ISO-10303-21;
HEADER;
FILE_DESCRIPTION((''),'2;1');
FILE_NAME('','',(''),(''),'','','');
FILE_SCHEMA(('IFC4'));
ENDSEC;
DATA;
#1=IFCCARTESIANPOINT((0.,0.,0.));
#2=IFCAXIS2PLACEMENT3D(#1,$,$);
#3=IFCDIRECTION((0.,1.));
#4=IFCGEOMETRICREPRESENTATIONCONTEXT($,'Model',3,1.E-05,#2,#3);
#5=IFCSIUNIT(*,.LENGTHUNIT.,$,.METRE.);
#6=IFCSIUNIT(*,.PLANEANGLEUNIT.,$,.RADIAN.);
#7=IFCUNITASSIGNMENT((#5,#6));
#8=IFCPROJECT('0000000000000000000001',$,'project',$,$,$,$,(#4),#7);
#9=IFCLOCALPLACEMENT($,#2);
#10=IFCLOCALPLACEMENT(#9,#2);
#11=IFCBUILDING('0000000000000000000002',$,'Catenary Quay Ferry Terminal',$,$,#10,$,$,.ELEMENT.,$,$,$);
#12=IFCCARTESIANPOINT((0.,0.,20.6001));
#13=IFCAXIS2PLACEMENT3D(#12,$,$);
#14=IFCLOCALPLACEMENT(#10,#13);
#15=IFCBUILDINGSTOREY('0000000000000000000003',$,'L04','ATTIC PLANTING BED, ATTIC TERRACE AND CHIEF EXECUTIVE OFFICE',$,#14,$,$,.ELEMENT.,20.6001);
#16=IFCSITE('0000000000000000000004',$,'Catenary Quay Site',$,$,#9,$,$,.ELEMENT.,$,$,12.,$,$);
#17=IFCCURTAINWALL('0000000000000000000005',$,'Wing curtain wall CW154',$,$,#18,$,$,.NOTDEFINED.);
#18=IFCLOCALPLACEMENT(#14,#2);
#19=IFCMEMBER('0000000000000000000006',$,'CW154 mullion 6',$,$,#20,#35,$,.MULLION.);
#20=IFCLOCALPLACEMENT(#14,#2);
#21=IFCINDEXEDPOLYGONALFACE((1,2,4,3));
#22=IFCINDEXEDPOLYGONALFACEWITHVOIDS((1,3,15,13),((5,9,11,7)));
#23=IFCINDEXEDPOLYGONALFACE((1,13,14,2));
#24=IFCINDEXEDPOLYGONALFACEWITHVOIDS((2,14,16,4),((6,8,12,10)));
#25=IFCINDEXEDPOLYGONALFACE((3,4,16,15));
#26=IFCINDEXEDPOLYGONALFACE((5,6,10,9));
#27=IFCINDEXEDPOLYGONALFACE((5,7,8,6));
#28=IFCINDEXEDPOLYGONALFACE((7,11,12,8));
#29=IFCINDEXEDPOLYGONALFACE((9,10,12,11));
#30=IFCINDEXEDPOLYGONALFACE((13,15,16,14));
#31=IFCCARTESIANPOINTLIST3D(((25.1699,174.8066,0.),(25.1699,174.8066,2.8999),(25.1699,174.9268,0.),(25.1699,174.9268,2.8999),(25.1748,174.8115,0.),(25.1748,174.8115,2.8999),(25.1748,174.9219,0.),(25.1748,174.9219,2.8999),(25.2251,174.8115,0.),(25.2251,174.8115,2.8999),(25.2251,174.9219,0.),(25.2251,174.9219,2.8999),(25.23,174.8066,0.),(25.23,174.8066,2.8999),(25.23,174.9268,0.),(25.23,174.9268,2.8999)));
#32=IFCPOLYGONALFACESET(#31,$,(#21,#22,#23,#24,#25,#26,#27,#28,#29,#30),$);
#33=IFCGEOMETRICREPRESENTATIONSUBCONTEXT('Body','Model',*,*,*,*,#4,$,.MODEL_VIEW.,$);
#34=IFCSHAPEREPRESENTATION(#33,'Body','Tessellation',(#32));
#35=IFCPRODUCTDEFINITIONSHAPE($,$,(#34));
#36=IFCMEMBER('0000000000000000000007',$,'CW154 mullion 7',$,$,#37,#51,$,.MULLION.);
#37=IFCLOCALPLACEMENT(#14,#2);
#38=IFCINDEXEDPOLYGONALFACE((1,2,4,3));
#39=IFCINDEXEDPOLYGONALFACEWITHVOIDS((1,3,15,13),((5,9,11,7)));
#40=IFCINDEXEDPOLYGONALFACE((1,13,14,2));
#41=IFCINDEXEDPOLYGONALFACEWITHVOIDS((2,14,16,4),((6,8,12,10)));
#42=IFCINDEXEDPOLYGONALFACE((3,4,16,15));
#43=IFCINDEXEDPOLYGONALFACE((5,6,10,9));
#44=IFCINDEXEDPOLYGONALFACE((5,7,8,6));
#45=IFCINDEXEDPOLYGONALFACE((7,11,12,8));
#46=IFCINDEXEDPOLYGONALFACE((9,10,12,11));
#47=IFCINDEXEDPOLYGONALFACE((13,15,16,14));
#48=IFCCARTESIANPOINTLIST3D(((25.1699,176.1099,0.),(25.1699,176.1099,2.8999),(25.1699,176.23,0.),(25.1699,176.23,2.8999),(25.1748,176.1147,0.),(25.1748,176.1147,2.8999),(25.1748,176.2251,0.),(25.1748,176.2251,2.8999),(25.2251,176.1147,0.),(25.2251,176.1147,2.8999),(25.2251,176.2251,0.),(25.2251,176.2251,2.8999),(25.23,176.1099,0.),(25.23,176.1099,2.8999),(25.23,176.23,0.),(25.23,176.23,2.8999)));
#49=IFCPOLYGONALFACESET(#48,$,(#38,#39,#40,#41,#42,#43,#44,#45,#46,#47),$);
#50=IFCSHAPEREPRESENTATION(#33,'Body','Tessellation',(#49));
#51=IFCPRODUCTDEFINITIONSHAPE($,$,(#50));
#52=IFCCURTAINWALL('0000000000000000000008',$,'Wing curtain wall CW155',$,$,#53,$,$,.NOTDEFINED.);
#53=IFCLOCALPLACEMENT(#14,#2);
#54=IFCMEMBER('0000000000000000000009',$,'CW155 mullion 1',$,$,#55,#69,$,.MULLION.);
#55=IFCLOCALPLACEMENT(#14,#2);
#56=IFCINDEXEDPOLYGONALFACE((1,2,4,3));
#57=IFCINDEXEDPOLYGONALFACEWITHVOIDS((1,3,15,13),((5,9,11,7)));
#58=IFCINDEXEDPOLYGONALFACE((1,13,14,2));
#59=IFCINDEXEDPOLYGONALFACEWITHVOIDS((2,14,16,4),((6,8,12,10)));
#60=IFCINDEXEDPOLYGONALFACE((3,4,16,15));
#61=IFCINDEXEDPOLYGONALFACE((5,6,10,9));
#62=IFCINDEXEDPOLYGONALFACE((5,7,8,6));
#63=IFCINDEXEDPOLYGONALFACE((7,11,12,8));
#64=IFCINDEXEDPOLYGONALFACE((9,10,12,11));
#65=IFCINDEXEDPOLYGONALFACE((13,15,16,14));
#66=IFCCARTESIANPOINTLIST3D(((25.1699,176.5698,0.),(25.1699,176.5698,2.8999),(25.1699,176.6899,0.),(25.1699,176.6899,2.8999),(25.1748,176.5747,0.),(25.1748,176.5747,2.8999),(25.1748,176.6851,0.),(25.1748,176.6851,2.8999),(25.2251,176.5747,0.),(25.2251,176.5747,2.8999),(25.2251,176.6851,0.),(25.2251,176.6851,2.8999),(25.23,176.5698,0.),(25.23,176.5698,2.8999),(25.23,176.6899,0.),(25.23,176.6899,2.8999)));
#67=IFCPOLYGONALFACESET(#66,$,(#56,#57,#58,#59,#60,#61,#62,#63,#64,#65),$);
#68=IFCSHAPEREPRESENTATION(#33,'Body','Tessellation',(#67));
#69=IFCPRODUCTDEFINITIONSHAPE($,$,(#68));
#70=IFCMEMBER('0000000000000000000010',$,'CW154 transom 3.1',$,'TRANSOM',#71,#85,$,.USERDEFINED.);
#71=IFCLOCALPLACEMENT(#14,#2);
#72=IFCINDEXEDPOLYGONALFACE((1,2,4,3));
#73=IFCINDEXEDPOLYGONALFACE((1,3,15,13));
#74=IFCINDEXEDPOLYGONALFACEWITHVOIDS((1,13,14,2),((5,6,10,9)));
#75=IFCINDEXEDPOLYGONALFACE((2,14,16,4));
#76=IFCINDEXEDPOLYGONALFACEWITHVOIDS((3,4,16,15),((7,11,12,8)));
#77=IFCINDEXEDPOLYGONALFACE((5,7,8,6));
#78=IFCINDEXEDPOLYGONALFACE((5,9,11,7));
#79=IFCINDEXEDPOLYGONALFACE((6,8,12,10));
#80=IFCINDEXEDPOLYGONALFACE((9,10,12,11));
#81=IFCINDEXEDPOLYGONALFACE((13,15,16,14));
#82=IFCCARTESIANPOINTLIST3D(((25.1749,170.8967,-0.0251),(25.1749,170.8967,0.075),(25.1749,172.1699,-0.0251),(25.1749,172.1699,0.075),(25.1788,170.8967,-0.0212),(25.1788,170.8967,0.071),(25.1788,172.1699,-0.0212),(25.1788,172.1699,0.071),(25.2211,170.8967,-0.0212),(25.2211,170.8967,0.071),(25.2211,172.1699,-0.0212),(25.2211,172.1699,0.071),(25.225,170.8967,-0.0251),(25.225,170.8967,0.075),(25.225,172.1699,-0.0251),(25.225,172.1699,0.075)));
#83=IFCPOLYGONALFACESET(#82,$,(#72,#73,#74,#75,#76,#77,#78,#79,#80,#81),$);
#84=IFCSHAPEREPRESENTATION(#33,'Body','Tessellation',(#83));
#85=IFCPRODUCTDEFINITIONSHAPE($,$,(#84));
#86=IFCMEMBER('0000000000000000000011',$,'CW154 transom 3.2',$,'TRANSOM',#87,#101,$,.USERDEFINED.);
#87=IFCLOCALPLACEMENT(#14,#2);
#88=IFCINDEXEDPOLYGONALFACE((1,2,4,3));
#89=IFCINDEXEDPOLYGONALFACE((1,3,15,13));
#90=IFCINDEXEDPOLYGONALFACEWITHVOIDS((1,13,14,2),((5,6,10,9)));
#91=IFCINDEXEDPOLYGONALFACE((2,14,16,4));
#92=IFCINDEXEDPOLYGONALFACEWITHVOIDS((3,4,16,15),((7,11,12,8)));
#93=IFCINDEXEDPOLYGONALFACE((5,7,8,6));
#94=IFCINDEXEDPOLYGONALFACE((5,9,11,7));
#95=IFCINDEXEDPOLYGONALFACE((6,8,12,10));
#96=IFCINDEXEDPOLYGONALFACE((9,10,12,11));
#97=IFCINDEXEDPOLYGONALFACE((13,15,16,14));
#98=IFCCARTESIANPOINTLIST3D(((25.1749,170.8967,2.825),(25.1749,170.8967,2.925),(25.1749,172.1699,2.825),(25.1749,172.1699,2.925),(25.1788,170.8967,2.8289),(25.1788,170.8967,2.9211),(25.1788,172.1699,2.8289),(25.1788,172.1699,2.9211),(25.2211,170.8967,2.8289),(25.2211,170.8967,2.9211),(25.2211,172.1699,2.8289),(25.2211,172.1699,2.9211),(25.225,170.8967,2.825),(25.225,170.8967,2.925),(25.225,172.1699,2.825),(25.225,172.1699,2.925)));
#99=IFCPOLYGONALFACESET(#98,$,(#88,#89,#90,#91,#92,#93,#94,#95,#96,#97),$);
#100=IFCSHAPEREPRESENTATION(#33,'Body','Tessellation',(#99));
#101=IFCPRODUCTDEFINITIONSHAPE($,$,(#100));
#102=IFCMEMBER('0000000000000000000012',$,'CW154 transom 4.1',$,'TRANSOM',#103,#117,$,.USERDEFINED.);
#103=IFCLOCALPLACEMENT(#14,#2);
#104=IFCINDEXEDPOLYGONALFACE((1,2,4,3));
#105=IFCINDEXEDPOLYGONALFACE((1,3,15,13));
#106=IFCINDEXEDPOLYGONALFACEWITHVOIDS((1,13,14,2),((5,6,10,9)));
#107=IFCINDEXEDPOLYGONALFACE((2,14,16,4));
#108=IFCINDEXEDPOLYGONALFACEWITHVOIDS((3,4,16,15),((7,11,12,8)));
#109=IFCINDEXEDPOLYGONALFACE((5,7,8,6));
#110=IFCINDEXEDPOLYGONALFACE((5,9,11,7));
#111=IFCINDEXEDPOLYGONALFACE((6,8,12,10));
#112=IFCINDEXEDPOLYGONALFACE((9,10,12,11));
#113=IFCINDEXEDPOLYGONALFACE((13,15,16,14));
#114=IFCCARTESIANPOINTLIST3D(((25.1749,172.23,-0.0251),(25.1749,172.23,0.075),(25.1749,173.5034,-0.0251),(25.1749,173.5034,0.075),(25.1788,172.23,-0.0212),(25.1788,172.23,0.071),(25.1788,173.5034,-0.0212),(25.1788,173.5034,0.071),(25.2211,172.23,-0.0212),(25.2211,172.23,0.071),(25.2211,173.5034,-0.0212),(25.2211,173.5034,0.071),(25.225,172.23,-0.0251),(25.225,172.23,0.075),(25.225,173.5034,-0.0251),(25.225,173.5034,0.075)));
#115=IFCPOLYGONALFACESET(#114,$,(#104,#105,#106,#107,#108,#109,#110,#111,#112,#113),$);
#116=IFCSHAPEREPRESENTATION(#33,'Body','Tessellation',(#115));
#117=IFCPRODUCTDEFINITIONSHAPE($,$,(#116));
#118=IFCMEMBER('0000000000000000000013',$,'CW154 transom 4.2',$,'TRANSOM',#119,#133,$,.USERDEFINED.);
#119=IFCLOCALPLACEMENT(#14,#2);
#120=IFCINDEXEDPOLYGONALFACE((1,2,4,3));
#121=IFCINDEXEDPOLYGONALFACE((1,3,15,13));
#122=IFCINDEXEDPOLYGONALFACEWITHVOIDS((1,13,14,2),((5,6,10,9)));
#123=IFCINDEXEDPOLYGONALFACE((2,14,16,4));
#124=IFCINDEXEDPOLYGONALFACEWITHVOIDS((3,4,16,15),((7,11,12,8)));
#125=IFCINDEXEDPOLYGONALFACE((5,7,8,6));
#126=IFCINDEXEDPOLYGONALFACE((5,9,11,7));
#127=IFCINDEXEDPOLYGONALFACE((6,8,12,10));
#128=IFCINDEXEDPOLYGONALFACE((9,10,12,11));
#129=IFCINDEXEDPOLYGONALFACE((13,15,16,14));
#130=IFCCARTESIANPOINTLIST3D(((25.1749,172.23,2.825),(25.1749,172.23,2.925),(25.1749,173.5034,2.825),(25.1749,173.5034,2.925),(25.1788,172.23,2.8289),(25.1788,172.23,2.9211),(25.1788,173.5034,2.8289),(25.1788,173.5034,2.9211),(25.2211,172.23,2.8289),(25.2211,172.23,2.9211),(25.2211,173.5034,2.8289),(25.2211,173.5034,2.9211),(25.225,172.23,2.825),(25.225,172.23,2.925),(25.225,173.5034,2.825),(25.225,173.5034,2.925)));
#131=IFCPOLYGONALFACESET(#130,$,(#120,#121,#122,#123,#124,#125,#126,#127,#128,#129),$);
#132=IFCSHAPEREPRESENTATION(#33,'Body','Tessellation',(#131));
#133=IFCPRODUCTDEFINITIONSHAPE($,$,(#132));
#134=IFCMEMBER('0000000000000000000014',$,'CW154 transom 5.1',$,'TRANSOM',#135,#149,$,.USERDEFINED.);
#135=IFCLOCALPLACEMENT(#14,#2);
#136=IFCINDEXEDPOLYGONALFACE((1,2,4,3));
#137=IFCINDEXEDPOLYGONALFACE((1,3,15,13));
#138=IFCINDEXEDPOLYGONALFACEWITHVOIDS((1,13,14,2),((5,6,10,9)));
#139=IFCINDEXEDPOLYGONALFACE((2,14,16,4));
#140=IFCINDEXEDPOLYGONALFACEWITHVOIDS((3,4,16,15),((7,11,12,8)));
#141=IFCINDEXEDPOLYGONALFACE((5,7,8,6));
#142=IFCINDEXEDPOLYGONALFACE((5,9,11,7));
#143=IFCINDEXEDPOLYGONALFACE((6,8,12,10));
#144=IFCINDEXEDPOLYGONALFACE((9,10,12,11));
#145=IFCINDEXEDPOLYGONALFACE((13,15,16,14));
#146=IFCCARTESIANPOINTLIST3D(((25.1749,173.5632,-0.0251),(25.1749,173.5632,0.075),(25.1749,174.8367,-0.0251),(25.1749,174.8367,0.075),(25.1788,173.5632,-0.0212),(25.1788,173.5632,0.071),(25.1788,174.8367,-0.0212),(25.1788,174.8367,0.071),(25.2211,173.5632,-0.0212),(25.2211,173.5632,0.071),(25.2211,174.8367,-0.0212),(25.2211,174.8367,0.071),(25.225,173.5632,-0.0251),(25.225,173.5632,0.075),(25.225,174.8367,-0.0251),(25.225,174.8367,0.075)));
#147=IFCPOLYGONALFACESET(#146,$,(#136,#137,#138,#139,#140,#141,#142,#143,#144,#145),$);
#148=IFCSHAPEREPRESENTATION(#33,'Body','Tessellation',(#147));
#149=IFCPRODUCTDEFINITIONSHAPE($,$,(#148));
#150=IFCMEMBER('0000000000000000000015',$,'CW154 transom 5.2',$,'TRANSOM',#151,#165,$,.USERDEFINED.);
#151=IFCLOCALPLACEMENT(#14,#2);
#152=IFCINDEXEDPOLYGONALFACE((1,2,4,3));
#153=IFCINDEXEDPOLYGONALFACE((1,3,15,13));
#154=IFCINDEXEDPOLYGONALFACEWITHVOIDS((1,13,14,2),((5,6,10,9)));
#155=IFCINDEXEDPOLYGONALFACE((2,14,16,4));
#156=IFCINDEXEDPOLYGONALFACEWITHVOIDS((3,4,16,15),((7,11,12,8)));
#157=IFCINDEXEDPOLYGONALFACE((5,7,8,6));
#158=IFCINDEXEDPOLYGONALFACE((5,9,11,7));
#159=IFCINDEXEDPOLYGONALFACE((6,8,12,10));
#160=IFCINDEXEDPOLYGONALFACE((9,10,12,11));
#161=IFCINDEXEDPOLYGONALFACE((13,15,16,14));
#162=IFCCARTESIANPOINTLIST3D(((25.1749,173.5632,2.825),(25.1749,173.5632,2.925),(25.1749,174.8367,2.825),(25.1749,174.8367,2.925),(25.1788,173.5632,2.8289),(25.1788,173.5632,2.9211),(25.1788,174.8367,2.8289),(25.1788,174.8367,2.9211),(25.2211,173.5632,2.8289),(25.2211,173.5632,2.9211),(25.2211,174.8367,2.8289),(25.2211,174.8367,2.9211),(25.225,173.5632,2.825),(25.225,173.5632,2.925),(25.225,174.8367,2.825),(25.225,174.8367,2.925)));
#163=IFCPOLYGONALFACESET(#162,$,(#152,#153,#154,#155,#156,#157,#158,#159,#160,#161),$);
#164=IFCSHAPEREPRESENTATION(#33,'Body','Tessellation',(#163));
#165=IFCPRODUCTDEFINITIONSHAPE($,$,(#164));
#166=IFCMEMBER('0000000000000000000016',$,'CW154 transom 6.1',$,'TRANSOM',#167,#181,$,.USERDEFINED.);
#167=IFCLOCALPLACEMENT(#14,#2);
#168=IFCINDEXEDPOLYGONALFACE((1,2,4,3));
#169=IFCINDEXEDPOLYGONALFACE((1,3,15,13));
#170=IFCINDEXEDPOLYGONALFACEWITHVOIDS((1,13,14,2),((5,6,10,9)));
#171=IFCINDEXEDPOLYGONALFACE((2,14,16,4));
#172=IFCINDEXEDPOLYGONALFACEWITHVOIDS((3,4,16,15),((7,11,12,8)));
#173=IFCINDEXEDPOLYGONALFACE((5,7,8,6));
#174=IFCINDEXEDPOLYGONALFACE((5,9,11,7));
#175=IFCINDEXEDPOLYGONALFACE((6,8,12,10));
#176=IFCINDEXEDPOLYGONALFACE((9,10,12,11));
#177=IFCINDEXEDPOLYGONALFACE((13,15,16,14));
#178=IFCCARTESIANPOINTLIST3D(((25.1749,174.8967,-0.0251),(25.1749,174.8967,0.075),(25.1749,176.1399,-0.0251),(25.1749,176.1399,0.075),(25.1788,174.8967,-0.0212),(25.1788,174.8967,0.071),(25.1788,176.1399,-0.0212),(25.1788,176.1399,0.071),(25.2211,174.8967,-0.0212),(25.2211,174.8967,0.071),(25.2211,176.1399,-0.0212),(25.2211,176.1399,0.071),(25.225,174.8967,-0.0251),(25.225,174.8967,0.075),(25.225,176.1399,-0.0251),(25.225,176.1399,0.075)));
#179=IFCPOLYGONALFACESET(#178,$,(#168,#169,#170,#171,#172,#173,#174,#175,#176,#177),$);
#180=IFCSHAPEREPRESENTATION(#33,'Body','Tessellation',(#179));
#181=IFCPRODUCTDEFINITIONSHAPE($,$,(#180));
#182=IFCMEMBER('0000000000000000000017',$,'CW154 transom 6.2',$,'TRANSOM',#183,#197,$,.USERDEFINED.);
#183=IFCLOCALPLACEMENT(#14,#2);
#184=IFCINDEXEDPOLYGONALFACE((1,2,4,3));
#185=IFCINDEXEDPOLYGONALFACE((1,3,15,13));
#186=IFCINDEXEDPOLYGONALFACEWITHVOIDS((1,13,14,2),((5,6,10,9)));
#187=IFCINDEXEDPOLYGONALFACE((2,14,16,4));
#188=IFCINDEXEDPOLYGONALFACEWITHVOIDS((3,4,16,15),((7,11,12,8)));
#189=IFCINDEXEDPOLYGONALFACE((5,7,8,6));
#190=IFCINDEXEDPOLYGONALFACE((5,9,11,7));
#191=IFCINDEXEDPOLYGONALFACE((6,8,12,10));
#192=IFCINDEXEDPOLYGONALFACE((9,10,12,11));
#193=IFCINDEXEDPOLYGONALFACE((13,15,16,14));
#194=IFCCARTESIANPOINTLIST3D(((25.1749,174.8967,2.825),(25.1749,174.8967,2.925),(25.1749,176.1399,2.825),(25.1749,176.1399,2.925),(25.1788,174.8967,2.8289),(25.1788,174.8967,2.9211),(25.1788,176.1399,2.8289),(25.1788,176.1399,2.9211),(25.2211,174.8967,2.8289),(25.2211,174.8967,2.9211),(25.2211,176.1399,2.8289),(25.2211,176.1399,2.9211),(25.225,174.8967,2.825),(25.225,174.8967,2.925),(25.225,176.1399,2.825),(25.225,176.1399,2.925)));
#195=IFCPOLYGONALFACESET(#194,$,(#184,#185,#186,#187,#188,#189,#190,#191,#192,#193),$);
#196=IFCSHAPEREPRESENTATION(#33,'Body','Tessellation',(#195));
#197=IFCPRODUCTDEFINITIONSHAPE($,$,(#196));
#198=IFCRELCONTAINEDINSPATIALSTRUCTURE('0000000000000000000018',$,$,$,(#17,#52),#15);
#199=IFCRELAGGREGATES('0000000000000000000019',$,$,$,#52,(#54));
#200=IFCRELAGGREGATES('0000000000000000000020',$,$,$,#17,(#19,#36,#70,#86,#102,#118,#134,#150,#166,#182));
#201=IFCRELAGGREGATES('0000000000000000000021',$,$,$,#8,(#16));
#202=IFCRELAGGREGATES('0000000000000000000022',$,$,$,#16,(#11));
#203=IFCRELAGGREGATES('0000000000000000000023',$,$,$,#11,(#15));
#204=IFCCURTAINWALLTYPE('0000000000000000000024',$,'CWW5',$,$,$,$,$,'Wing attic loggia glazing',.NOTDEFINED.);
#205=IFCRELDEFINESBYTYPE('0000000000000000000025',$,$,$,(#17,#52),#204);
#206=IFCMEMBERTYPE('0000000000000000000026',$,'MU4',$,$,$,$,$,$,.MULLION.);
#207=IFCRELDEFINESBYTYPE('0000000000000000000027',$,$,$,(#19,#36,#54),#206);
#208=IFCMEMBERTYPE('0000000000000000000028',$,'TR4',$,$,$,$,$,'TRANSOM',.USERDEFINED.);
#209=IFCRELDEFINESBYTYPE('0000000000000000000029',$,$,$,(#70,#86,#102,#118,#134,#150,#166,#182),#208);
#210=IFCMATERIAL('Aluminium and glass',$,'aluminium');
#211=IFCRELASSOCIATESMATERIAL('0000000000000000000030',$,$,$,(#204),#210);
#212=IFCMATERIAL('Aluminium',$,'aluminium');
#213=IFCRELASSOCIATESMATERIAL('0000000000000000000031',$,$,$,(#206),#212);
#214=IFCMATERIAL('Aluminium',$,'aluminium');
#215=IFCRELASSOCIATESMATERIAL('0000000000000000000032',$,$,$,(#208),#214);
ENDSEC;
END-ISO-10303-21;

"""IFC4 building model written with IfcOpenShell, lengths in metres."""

from ifc_helpers import new_model, si_unit, direction, frame, origin, origin_2d, place, context, subcontext, project, spatial, hollow_rectangle, extrude, material, material_profile, profile_set, type_object, element, aggregate, save


model = new_model("IFC4")

# Units and contexts
model_context = context("Model", 3, precision=1e-05, world=origin(), true_north=direction((0.0, 1.0)))
body_context = subcontext(model_context, "Body", "Model", "MODEL_VIEW")
ifc_project = project(units=[si_unit("LENGTHUNIT", "METRE"), si_unit("PLANEANGLEUNIT", "RADIAN")], contexts=[model_context])

# Site, building, storey
site_placement = place(None, origin())
site = spatial("IfcSite", under=ifc_project, at=site_placement, Name="Catenary Quay Site", CompositionType="ELEMENT", RefElevation=12.0)
building_placement = place(site_placement, origin())
building = spatial("IfcBuilding", under=site, at=building_placement, Name="Catenary Quay Ferry Terminal", CompositionType="ELEMENT")
storey_placement = place(building_placement, frame((0.0, 0.0, 20.6001)))
storey = spatial("IfcBuildingStorey", under=building, at=storey_placement, Name="L04", Description="ATTIC PLANTING BED, ATTIC TERRACE AND CHIEF EXECUTIVE OFFICE", CompositionType="ELEMENT", Elevation=20.6001)

# Curtain wall, members
ifc_material_1 = material(Name="Aluminium and glass", Category="aluminium")
curtain_wall_type = type_object("IfcCurtainWallType", Name="CWW5", ElementType="Wing attic loggia glazing", PredefinedType="NOTDEFINED", material=ifc_material_1)
curtain_wall_1_placement = place(storey_placement, origin())
curtain_wall_1 = element("IfcCurtainWall", 1, at=curtain_wall_1_placement, inside=storey, type_object=curtain_wall_type, Name="Wing curtain wall CW154", PredefinedType="NOTDEFINED")
ifc_material_2 = material(Name="Aluminium", Category="aluminium")
ifc_material_profile_1 = material_profile(ifc_material_2, hollow_rectangle(XDim=0.0601, YDim=0.1201, WallThickness=0.0049, at=origin_2d()), Name="MU4")
ifc_profile_set_1 = profile_set([ifc_material_profile_1], Name="Aluminium")
member_type_1 = type_object("IfcMemberType", Name="MU4", PredefinedType="MULLION", material=ifc_profile_set_1)
member_1_placement = place(storey_placement, frame((25.2, 174.8667, 0.0), z_axis=(0.0, 0.0, 1.0), x_axis=(-1.0, 0.0, 0.0)))
member_1 = element("IfcMember", 2, at=member_1_placement, type_object=member_type_1, Name="CW154 mullion 6", PredefinedType="MULLION", context=body_context, shape_type="SweptSolid", body=[
    extrude(hollow_rectangle(XDim=0.0601, YDim=0.1201, WallThickness=0.0049, at=origin_2d()), origin(), (0.0, 0.0, 1.0), 2.8999),
])
member_2_placement = place(storey_placement, frame((25.2, 176.1699, 0.0), z_axis=(0.0, 0.0, 1.0), x_axis=(-1.0, 0.0, 0.0)))
member_2 = element("IfcMember", 3, at=member_2_placement, type_object=member_type_1, Name="CW154 mullion 7", PredefinedType="MULLION", context=body_context, shape_type="SweptSolid", body=[
    extrude(hollow_rectangle(XDim=0.0601, YDim=0.1201, WallThickness=0.0049, at=origin_2d()), origin(), (0.0, 0.0, 1.0), 2.8999),
])

# Curtain wall, member
curtain_wall_2_placement = place(storey_placement, origin())
curtain_wall_2 = element("IfcCurtainWall", 4, at=curtain_wall_2_placement, inside=storey, type_object=curtain_wall_type, Name="Wing curtain wall CW155", PredefinedType="NOTDEFINED")
member_3_placement = place(storey_placement, frame((25.2, 176.6299, 0.0), z_axis=(0.0, 0.0, 1.0), x_axis=(-1.0, 0.0, 0.0)))
member_3 = element("IfcMember", 5, at=member_3_placement, type_object=member_type_1, Name="CW155 mullion 1", PredefinedType="MULLION", context=body_context, shape_type="SweptSolid", body=[
    extrude(hollow_rectangle(XDim=0.0601, YDim=0.1201, WallThickness=0.0049, at=origin_2d()), origin(), (0.0, 0.0, 1.0), 2.8999),
])

# Members
ifc_material_3 = material(Name="Aluminium", Category="aluminium")
ifc_material_profile_2 = material_profile(ifc_material_3, hollow_rectangle(XDim=0.05, YDim=0.1001, WallThickness=0.0039, at=origin_2d()), Name="TR4")
ifc_profile_set_2 = profile_set([ifc_material_profile_2], Name="Aluminium")
member_type_2 = type_object("IfcMemberType", Name="TR4", ElementType="TRANSOM", PredefinedType="USERDEFINED", material=ifc_profile_set_2)
member_4_placement = place(storey_placement, frame((25.2, 170.8967, 0.0249), z_axis=(0.0, 1.0, 0.0), x_axis=(-1.0, 0.0, 0.0)))
member_4 = element("IfcMember", 6, at=member_4_placement, type_object=member_type_2, Name="CW154 transom 3.1", ObjectType="TRANSOM", PredefinedType="USERDEFINED", context=body_context, shape_type="SweptSolid", body=[
    extrude(hollow_rectangle(XDim=0.05, YDim=0.1001, WallThickness=0.0039, at=origin_2d()), origin(), (0.0, 0.0, 1.0), 1.2732),
])
member_5_placement = place(storey_placement, frame((25.2, 170.8967, 2.875), z_axis=(0.0, 1.0, 0.0), x_axis=(-1.0, 0.0, 0.0)))
member_5 = element("IfcMember", 7, at=member_5_placement, type_object=member_type_2, Name="CW154 transom 3.2", ObjectType="TRANSOM", PredefinedType="USERDEFINED", context=body_context, shape_type="SweptSolid", body=[
    extrude(hollow_rectangle(XDim=0.05, YDim=0.1001, WallThickness=0.0039, at=origin_2d()), origin(), (0.0, 0.0, 1.0), 1.2732),
])
member_6_placement = place(storey_placement, frame((25.2, 172.23, 0.0249), z_axis=(0.0, 1.0, 0.0), x_axis=(-1.0, 0.0, 0.0)))
member_6 = element("IfcMember", 8, at=member_6_placement, type_object=member_type_2, Name="CW154 transom 4.1", ObjectType="TRANSOM", PredefinedType="USERDEFINED", context=body_context, shape_type="SweptSolid", body=[
    extrude(hollow_rectangle(XDim=0.05, YDim=0.1001, WallThickness=0.0039, at=origin_2d()), origin(), (0.0, 0.0, 1.0), 1.2734),
])
member_7_placement = place(storey_placement, frame((25.2, 172.23, 2.875), z_axis=(0.0, 1.0, 0.0), x_axis=(-1.0, 0.0, 0.0)))
member_7 = element("IfcMember", 9, at=member_7_placement, type_object=member_type_2, Name="CW154 transom 4.2", ObjectType="TRANSOM", PredefinedType="USERDEFINED", context=body_context, shape_type="SweptSolid", body=[
    extrude(hollow_rectangle(XDim=0.05, YDim=0.1001, WallThickness=0.0039, at=origin_2d()), origin(), (0.0, 0.0, 1.0), 1.2734),
])
member_8_placement = place(storey_placement, frame((25.2, 173.5632, 0.0249), z_axis=(0.0, 1.0, 0.0), x_axis=(-1.0, 0.0, 0.0)))
member_8 = element("IfcMember", 10, at=member_8_placement, type_object=member_type_2, Name="CW154 transom 5.1", ObjectType="TRANSOM", PredefinedType="USERDEFINED", context=body_context, shape_type="SweptSolid", body=[
    extrude(hollow_rectangle(XDim=0.05, YDim=0.1001, WallThickness=0.0039, at=origin_2d()), origin(), (0.0, 0.0, 1.0), 1.2734),
])
member_9_placement = place(storey_placement, frame((25.2, 173.5632, 2.875), z_axis=(0.0, 1.0, 0.0), x_axis=(-1.0, 0.0, 0.0)))
member_9 = element("IfcMember", 11, at=member_9_placement, type_object=member_type_2, Name="CW154 transom 5.2", ObjectType="TRANSOM", PredefinedType="USERDEFINED", context=body_context, shape_type="SweptSolid", body=[
    extrude(hollow_rectangle(XDim=0.05, YDim=0.1001, WallThickness=0.0039, at=origin_2d()), origin(), (0.0, 0.0, 1.0), 1.2734),
])
member_10_placement = place(storey_placement, frame((25.2, 174.8967, 0.0249), z_axis=(0.0, 1.0, 0.0), x_axis=(-1.0, 0.0, 0.0)))
member_10 = element("IfcMember", 12, at=member_10_placement, type_object=member_type_2, Name="CW154 transom 6.1", ObjectType="TRANSOM", PredefinedType="USERDEFINED", context=body_context, shape_type="SweptSolid", body=[
    extrude(hollow_rectangle(XDim=0.05, YDim=0.1001, WallThickness=0.0039, at=origin_2d()), origin(), (0.0, 0.0, 1.0), 1.2432),
])
member_11_placement = place(storey_placement, frame((25.2, 174.8967, 2.875), z_axis=(0.0, 1.0, 0.0), x_axis=(-1.0, 0.0, 0.0)))
member_11 = element("IfcMember", 13, at=member_11_placement, type_object=member_type_2, Name="CW154 transom 6.2", ObjectType="TRANSOM", PredefinedType="USERDEFINED", context=body_context, shape_type="SweptSolid", body=[
    extrude(hollow_rectangle(XDim=0.05, YDim=0.1001, WallThickness=0.0039, at=origin_2d()), origin(), (0.0, 0.0, 1.0), 1.2432),
])
aggregate(curtain_wall_2, [member_3])

aggregate(curtain_wall_1, [member_1, member_2, member_4, member_5, member_6, member_7, member_8, member_9, member_10, member_11])

save(model, "model.ifc")
